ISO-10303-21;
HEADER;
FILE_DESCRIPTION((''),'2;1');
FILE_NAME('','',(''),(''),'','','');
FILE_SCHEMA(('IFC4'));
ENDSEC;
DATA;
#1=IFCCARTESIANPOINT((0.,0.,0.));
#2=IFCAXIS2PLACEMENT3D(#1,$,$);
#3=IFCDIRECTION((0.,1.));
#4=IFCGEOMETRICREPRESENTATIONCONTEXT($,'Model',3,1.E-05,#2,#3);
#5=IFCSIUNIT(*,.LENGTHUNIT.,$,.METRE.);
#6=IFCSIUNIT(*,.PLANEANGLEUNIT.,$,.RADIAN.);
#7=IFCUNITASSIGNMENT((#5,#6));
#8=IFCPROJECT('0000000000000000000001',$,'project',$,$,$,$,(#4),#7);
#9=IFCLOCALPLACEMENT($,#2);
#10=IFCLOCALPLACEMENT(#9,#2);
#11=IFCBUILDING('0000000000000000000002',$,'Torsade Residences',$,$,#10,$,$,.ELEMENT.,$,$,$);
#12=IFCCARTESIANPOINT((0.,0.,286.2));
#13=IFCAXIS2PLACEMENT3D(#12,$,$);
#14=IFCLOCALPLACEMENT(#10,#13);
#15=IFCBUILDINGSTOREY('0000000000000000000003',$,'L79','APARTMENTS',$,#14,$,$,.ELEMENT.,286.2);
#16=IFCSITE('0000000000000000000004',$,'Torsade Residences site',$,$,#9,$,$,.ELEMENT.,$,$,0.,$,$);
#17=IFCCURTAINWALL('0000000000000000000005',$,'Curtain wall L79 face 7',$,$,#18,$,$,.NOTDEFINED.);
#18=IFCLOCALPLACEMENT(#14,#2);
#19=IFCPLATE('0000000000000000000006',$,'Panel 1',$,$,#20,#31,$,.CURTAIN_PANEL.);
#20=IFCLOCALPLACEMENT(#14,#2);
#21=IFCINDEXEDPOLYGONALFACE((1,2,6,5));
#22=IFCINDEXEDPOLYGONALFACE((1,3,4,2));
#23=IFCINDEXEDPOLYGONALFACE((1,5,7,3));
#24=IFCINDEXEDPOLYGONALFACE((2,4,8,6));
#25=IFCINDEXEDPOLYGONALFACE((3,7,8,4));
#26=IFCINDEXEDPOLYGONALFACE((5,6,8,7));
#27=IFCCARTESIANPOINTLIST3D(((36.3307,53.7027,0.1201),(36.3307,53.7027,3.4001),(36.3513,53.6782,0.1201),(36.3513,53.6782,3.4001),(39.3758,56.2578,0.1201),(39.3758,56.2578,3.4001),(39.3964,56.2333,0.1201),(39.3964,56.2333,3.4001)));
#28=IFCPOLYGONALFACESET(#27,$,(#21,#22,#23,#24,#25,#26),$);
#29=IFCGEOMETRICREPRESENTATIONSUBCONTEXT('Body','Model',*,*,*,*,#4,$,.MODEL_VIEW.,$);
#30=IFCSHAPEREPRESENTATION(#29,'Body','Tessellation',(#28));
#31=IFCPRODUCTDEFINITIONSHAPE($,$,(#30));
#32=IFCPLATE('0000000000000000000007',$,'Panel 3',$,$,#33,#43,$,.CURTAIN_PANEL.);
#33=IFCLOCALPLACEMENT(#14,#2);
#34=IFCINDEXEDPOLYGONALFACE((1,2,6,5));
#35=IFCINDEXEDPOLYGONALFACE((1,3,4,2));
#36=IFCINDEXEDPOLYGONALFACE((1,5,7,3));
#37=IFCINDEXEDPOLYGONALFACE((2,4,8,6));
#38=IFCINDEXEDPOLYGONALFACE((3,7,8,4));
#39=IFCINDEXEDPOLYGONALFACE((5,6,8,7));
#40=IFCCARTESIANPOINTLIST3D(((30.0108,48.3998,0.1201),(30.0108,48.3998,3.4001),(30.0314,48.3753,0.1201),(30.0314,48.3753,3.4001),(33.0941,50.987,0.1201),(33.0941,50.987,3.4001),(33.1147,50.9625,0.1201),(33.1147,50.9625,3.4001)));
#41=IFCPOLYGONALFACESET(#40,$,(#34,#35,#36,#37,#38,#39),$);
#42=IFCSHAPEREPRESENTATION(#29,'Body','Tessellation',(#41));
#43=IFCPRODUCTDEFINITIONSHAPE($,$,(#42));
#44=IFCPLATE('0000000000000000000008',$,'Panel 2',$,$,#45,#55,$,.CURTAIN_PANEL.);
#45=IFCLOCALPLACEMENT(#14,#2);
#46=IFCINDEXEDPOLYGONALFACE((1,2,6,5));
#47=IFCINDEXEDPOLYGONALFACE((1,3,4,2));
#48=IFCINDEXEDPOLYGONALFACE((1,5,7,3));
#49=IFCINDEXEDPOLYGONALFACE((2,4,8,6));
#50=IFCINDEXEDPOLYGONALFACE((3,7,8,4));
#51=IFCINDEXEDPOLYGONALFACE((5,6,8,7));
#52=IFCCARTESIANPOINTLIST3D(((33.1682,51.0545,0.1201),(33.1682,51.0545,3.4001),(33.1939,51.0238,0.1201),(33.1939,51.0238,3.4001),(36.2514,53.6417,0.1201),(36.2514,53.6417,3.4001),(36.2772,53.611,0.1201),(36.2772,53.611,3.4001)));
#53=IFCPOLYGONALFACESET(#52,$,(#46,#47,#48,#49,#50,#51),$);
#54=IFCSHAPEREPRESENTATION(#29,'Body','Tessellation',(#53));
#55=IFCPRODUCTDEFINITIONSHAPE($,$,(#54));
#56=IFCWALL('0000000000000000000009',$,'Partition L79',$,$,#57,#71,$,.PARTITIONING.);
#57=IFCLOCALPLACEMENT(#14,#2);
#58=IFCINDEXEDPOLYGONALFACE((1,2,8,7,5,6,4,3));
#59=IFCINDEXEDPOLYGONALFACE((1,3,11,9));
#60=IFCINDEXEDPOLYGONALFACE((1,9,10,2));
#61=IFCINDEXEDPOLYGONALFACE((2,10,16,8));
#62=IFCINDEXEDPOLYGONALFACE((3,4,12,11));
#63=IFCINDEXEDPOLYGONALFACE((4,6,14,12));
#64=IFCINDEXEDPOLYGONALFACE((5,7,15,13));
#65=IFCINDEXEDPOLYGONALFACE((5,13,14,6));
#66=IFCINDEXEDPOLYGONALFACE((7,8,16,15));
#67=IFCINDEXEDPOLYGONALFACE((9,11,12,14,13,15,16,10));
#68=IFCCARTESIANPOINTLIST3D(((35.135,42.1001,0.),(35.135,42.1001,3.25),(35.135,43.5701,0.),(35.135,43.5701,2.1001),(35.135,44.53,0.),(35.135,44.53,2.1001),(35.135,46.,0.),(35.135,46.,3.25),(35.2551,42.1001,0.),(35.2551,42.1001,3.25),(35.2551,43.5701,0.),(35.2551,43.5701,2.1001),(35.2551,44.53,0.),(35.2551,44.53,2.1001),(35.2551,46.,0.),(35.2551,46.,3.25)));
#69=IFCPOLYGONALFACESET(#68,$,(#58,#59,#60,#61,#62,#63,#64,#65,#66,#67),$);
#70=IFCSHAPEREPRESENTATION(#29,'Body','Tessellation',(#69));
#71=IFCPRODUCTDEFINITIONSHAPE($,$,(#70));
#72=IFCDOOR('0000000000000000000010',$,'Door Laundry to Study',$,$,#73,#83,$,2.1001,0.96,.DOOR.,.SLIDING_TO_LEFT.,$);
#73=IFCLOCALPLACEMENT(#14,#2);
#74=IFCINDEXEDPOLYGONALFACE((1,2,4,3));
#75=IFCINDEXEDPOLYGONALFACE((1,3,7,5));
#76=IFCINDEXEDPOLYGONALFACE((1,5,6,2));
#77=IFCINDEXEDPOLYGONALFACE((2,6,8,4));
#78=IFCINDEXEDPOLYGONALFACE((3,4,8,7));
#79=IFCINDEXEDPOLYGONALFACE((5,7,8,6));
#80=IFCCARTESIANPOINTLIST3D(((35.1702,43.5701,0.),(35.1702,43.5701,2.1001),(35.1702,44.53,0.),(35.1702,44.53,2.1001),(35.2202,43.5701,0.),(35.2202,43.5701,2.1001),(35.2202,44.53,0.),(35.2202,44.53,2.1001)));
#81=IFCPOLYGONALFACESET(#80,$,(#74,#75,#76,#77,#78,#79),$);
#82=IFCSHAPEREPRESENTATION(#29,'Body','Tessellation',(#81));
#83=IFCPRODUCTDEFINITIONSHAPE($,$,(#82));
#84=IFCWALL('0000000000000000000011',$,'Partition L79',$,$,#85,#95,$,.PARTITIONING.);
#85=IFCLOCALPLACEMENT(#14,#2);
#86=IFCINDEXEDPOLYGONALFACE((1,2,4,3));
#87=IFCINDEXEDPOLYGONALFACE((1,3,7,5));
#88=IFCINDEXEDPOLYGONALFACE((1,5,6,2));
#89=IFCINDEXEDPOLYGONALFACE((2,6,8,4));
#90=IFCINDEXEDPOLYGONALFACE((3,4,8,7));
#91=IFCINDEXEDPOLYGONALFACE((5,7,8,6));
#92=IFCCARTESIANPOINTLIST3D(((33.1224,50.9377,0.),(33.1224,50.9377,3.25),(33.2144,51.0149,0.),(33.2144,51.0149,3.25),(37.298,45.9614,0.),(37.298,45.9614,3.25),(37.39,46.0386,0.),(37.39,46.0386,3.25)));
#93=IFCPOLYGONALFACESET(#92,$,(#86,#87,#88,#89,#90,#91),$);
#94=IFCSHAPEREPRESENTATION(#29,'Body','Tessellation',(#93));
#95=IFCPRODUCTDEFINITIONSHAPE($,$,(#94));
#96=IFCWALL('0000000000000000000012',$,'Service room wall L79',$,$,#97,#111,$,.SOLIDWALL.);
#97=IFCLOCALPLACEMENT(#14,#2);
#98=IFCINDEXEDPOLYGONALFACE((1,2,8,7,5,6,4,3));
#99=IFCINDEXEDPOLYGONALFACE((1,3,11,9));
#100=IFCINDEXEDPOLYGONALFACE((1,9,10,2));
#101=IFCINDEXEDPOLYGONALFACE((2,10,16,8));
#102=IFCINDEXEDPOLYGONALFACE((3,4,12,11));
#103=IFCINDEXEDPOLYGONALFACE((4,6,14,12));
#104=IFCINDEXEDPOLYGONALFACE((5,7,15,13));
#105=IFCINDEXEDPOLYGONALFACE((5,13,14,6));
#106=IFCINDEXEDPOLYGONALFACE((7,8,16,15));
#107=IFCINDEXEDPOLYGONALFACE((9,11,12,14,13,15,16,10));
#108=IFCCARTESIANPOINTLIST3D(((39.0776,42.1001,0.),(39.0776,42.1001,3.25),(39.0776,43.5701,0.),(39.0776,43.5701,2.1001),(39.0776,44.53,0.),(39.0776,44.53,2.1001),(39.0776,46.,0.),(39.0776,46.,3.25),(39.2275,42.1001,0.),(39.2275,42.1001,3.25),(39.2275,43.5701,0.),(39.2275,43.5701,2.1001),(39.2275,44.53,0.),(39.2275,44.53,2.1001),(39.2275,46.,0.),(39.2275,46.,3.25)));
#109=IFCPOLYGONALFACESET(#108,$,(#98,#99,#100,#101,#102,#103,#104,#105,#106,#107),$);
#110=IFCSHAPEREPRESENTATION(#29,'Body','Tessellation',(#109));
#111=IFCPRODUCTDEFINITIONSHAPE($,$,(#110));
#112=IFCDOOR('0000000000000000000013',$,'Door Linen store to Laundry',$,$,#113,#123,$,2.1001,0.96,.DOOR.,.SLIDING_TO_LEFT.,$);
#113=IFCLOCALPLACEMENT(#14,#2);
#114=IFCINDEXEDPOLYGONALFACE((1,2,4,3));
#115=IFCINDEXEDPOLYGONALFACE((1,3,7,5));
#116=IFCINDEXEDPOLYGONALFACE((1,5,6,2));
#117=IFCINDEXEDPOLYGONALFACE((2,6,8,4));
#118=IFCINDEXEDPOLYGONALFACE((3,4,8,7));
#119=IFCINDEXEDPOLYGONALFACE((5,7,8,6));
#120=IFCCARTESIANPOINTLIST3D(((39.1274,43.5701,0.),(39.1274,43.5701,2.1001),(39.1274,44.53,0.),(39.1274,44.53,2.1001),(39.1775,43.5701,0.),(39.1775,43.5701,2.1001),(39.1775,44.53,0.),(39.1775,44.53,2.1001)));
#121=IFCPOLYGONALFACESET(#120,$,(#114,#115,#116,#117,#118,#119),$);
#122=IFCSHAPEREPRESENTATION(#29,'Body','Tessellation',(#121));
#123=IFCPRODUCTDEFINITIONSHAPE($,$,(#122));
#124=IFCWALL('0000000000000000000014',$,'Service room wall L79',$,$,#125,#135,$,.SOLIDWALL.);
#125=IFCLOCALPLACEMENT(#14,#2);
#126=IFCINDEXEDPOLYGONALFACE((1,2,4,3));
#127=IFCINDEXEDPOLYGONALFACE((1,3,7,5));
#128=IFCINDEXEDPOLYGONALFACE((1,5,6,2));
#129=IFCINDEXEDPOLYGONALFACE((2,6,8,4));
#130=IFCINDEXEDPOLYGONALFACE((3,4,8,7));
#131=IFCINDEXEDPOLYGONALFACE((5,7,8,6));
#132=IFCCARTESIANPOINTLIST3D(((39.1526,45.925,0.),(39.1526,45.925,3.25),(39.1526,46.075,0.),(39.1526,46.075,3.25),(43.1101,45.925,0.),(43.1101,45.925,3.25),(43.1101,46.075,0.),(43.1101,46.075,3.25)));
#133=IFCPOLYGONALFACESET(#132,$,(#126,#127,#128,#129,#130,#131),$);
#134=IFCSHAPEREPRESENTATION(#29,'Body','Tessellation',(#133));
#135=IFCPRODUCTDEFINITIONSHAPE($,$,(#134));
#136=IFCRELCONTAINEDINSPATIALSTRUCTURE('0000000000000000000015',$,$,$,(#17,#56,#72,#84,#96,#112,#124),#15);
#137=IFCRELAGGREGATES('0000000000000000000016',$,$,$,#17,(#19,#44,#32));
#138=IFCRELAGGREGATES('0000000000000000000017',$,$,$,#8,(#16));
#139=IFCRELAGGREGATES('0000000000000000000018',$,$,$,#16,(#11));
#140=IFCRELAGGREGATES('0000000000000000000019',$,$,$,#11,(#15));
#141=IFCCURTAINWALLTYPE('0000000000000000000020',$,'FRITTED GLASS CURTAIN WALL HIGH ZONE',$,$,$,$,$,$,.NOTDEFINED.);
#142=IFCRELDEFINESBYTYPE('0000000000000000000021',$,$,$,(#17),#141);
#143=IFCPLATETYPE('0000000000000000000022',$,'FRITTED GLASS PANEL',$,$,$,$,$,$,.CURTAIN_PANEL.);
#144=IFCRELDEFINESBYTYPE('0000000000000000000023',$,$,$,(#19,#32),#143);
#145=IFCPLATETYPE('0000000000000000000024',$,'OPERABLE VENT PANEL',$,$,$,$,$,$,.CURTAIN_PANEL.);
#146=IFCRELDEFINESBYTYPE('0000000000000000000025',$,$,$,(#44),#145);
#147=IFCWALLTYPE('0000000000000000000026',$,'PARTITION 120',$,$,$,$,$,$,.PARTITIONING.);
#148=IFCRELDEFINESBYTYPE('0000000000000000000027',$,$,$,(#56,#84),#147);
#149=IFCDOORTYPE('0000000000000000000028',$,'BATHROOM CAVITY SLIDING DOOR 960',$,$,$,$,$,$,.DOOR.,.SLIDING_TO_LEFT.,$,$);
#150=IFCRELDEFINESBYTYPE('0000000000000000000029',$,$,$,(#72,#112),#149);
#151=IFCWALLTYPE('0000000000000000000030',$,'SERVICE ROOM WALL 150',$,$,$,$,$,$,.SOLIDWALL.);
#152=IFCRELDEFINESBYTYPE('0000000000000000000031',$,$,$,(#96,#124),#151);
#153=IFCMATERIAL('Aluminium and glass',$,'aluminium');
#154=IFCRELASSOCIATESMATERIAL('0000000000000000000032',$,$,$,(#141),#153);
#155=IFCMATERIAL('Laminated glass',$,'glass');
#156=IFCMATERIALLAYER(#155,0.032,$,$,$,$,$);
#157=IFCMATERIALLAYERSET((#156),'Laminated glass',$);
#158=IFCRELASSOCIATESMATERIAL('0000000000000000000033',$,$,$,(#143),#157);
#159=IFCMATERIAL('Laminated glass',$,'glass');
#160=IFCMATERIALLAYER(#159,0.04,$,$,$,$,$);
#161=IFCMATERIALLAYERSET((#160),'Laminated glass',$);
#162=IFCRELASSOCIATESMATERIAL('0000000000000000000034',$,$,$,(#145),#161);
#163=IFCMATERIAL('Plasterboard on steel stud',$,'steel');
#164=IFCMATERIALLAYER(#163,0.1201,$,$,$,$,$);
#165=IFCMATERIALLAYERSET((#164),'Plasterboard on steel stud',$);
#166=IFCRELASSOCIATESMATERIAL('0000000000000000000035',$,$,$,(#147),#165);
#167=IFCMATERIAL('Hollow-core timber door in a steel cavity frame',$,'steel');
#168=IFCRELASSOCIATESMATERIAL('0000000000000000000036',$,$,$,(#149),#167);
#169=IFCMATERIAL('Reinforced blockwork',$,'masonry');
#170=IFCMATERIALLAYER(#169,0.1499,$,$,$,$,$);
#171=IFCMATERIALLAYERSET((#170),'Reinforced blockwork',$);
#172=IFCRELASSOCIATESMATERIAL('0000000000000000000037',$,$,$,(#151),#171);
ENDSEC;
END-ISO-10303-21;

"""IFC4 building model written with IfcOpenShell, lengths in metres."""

from ifc_helpers import new_model, si_unit, direction, frame, frame_2d, origin, origin_2d, place, context, subcontext, project, spatial, rectangle, extrude, material, layer, layer_set, type_object, element, fill, aggregate, save


model = new_model("IFC4")

# Units and contexts
model_context = context("Model", 3, precision=1e-05, world=origin(), true_north=direction((0.0, 1.0)))
body_context = subcontext(model_context, "Body", "Model", "MODEL_VIEW")
ifc_project = project(units=[si_unit("LENGTHUNIT", "METRE"), si_unit("PLANEANGLEUNIT", "RADIAN")], contexts=[model_context])

# Site, building, storey
site_placement = place(None, origin())
site = spatial("IfcSite", under=ifc_project, at=site_placement, Name="Torsade Residences site", CompositionType="ELEMENT", RefElevation=0.0)
building_placement = place(site_placement, origin())
building = spatial("IfcBuilding", under=site, at=building_placement, Name="Torsade Residences", CompositionType="ELEMENT")
storey_placement = place(building_placement, frame((0.0, 0.0, 286.2)))
storey = spatial("IfcBuildingStorey", under=building, at=storey_placement, Name="L79", Description="APARTMENTS", CompositionType="ELEMENT", Elevation=286.2)

# Curtain wall
ifc_material_1 = material(Name="Aluminium and glass", Category="aluminium")
curtain_wall_type = type_object("IfcCurtainWallType", Name="FRITTED GLASS CURTAIN WALL HIGH ZONE", PredefinedType="NOTDEFINED", material=ifc_material_1)
curtain_wall_placement = place(storey_placement, origin())
curtain_wall = element("IfcCurtainWall", 1, at=curtain_wall_placement, inside=storey, type_object=curtain_wall_type, Name="Curtain wall L79 face 7", PredefinedType="NOTDEFINED")

# Plates
ifc_material_2 = material(Name="Laminated glass", Category="glass")
ifc_layer_1 = layer(ifc_material_2, 0.032)
ifc_layer_set_1 = layer_set([ifc_layer_1], Name="Laminated glass")
plate_type_1 = type_object("IfcPlateType", Name="FRITTED GLASS PANEL", PredefinedType="CURTAIN_PANEL", material=ifc_layer_set_1)
plate_1_placement = place(storey_placement, frame((37.8635, 54.968, 0.1201), z_axis=(0.0, 0.0, 1.0), x_axis=(-0.766044, -0.642788, 0.0)))
plate_1 = element("IfcPlate", 2, at=plate_1_placement, type_object=plate_type_1, Name="Panel 1", PredefinedType="CURTAIN_PANEL", context=body_context, shape_type="SweptSolid", body=[
    extrude(rectangle(XDim=3.9751, YDim=0.032, at=origin_2d()), origin(), (0.0, 0.0, 1.0), 3.28),
])
plate_2_placement = place(storey_placement, frame((31.5627, 49.6812, 0.1201), z_axis=(0.0, 0.0, 1.0), x_axis=(-0.766044, -0.642788, 0.0)))
plate_2 = element("IfcPlate", 3, at=plate_2_placement, type_object=plate_type_1, Name="Panel 3", PredefinedType="CURTAIN_PANEL", context=body_context, shape_type="SweptSolid", body=[
    extrude(rectangle(XDim=4.0249, YDim=0.032, at=origin_2d()), origin(), (0.0, 0.0, 1.0), 3.28),
])
ifc_material_3 = material(Name="Laminated glass", Category="glass")
ifc_layer_2 = layer(ifc_material_3, 0.04)
ifc_layer_set_2 = layer_set([ifc_layer_2], Name="Laminated glass")
plate_type_2 = type_object("IfcPlateType", Name="OPERABLE VENT PANEL", PredefinedType="CURTAIN_PANEL", material=ifc_layer_set_2)
plate_3_placement = place(storey_placement, frame((34.7227, 52.3328, 0.1201), z_axis=(0.0, 0.0, 1.0), x_axis=(-0.766044, -0.642788, 0.0)))
plate_3 = element("IfcPlate", 4, at=plate_3_placement, type_object=plate_type_2, Name="Panel 2", PredefinedType="CURTAIN_PANEL", context=body_context, shape_type="SweptSolid", body=[
    extrude(rectangle(XDim=4.0249, YDim=0.04, at=origin_2d()), origin(), (0.0, 0.0, 1.0), 3.28),
])
aggregate(curtain_wall, [plate_1, plate_3, plate_2])

# Wall, opening, door
ifc_material_4 = material(Name="Plasterboard on steel stud", Category="steel")
ifc_layer_3 = layer(ifc_material_4, 0.1201)
ifc_layer_set_3 = layer_set([ifc_layer_3], Name="Plasterboard on steel stud")
wall_type_1 = type_object("IfcWallType", Name="PARTITION 120", PredefinedType="PARTITIONING", material=ifc_layer_set_3)
wall_1_placement = place(storey_placement, frame((35.1951, 42.1001, 0.0), z_axis=(0.0, 0.0, 1.0), x_axis=(0.0, 1.0, 0.0)))
wall_1 = element("IfcWall", 5, at=wall_1_placement, inside=storey, type_object=wall_type_1, Name="Partition L79", PredefinedType="PARTITIONING", context=body_context, shape_type="SweptSolid", body=[
    extrude(rectangle(XDim=3.8999, YDim=0.1201, at=frame_2d((1.95, 0.0))), origin(), (0.0, 0.0, 1.0), 3.25),
])
opening_1_placement = place(wall_1_placement, frame((1.47, 0.0, 0.0)))
opening_1 = element("IfcOpeningElement", 6, at=opening_1_placement, cuts=wall_1, PredefinedType="OPENING", context=body_context, shape_type="SweptSolid", body=[
    extrude(rectangle(XDim=0.96, YDim=2.1001, at=frame_2d((0.48, 1.05))), frame((0.0, 0.0701, 0.0), z_axis=(0.0, -1.0, 0.0), x_axis=(1.0, 0.0, 0.0)), (0.0, 0.0, 1.0), 0.1401),
])
ifc_material_5 = material(Name="Hollow-core timber door in a steel cavity frame", Category="steel")
door_type = type_object("IfcDoorType", Name="BATHROOM CAVITY SLIDING DOOR 960", OperationType="SLIDING_TO_LEFT", PredefinedType="DOOR", material=ifc_material_5)
door_1_placement = place(opening_1_placement, origin())
door_1 = element("IfcDoor", 7, at=door_1_placement, inside=storey, type_object=door_type, Name="Door Laundry to Study", OperationType="SLIDING_TO_LEFT", OverallHeight=2.1001, OverallWidth=0.96, PredefinedType="DOOR", context=body_context, shape_type="SweptSolid", body=[
    extrude(rectangle(XDim=0.96, YDim=2.1001, at=frame_2d((0.48, 1.05))), frame((0.0, 0.0249, 0.0), z_axis=(0.0, -1.0, 0.0), x_axis=(1.0, 0.0, 0.0)), (0.0, 0.0, 1.0), 0.05),
])
fill(opening_1, door_1)

# Wall
wall_2_placement = place(storey_placement, frame((37.344, 46.0, 0.0), z_axis=(0.0, 0.0, 1.0), x_axis=(-0.642779, 0.766051, 0.0)))
element("IfcWall", 8, at=wall_2_placement, inside=storey, type_object=wall_type_1, Name="Partition L79", PredefinedType="PARTITIONING", context=body_context, shape_type="SweptSolid", body=[
    extrude(rectangle(XDim=6.4961, YDim=0.1201, at=frame_2d((3.248, 0.0))), origin(), (0.0, 0.0, 1.0), 3.25),
])

# Wall, opening, door
ifc_material_6 = material(Name="Reinforced blockwork", Category="masonry")
ifc_layer_4 = layer(ifc_material_6, 0.1499)
ifc_layer_set_4 = layer_set([ifc_layer_4], Name="Reinforced blockwork")
wall_type_2 = type_object("IfcWallType", Name="SERVICE ROOM WALL 150", PredefinedType="SOLIDWALL", material=ifc_layer_set_4)
wall_3_placement = place(storey_placement, frame((39.1526, 46.0, 0.0), z_axis=(0.0, 0.0, 1.0), x_axis=(0.0, -1.0, 0.0)))
wall_3 = element("IfcWall", 9, at=wall_3_placement, inside=storey, type_object=wall_type_2, Name="Service room wall L79", PredefinedType="SOLIDWALL", context=body_context, shape_type="SweptSolid", body=[
    extrude(rectangle(XDim=3.8999, YDim=0.1499, at=frame_2d((1.95, 0.0))), origin(), (0.0, 0.0, 1.0), 3.25),
])
opening_2_placement = place(wall_3_placement, frame((1.47, 0.0, 0.0)))
opening_2 = element("IfcOpeningElement", 10, at=opening_2_placement, cuts=wall_3, PredefinedType="OPENING", context=body_context, shape_type="SweptSolid", body=[
    extrude(rectangle(XDim=0.96, YDim=2.1001, at=frame_2d((0.48, 1.05))), frame((0.0, 0.085, 0.0), z_axis=(0.0, -1.0, 0.0), x_axis=(1.0, 0.0, 0.0)), (0.0, 0.0, 1.0), 0.1699),
])
door_2_placement = place(opening_2_placement, origin())
door_2 = element("IfcDoor", 11, at=door_2_placement, inside=storey, type_object=door_type, Name="Door Linen store to Laundry", OperationType="SLIDING_TO_LEFT", OverallHeight=2.1001, OverallWidth=0.96, PredefinedType="DOOR", context=body_context, shape_type="SweptSolid", body=[
    extrude(rectangle(XDim=0.96, YDim=2.1001, at=frame_2d((0.48, 1.05))), frame((0.0, 0.0249, 0.0), z_axis=(0.0, -1.0, 0.0), x_axis=(1.0, 0.0, 0.0)), (0.0, 0.0, 1.0), 0.05),
])
fill(opening_2, door_2)

# Wall
wall_4_placement = place(storey_placement, frame((39.1526, 46.0, 0.0), z_axis=(0.0, 0.0, 1.0), x_axis=(1.0, 0.0, 0.0)))
element("IfcWall", 12, at=wall_4_placement, inside=storey, type_object=wall_type_2, Name="Service room wall L79", PredefinedType="SOLIDWALL", context=body_context, shape_type="SweptSolid", body=[
    extrude(rectangle(XDim=3.9575, YDim=0.1499, at=frame_2d((1.9788, 0.0))), origin(), (0.0, 0.0, 1.0), 3.25),
])

save(model, "model.ifc")
